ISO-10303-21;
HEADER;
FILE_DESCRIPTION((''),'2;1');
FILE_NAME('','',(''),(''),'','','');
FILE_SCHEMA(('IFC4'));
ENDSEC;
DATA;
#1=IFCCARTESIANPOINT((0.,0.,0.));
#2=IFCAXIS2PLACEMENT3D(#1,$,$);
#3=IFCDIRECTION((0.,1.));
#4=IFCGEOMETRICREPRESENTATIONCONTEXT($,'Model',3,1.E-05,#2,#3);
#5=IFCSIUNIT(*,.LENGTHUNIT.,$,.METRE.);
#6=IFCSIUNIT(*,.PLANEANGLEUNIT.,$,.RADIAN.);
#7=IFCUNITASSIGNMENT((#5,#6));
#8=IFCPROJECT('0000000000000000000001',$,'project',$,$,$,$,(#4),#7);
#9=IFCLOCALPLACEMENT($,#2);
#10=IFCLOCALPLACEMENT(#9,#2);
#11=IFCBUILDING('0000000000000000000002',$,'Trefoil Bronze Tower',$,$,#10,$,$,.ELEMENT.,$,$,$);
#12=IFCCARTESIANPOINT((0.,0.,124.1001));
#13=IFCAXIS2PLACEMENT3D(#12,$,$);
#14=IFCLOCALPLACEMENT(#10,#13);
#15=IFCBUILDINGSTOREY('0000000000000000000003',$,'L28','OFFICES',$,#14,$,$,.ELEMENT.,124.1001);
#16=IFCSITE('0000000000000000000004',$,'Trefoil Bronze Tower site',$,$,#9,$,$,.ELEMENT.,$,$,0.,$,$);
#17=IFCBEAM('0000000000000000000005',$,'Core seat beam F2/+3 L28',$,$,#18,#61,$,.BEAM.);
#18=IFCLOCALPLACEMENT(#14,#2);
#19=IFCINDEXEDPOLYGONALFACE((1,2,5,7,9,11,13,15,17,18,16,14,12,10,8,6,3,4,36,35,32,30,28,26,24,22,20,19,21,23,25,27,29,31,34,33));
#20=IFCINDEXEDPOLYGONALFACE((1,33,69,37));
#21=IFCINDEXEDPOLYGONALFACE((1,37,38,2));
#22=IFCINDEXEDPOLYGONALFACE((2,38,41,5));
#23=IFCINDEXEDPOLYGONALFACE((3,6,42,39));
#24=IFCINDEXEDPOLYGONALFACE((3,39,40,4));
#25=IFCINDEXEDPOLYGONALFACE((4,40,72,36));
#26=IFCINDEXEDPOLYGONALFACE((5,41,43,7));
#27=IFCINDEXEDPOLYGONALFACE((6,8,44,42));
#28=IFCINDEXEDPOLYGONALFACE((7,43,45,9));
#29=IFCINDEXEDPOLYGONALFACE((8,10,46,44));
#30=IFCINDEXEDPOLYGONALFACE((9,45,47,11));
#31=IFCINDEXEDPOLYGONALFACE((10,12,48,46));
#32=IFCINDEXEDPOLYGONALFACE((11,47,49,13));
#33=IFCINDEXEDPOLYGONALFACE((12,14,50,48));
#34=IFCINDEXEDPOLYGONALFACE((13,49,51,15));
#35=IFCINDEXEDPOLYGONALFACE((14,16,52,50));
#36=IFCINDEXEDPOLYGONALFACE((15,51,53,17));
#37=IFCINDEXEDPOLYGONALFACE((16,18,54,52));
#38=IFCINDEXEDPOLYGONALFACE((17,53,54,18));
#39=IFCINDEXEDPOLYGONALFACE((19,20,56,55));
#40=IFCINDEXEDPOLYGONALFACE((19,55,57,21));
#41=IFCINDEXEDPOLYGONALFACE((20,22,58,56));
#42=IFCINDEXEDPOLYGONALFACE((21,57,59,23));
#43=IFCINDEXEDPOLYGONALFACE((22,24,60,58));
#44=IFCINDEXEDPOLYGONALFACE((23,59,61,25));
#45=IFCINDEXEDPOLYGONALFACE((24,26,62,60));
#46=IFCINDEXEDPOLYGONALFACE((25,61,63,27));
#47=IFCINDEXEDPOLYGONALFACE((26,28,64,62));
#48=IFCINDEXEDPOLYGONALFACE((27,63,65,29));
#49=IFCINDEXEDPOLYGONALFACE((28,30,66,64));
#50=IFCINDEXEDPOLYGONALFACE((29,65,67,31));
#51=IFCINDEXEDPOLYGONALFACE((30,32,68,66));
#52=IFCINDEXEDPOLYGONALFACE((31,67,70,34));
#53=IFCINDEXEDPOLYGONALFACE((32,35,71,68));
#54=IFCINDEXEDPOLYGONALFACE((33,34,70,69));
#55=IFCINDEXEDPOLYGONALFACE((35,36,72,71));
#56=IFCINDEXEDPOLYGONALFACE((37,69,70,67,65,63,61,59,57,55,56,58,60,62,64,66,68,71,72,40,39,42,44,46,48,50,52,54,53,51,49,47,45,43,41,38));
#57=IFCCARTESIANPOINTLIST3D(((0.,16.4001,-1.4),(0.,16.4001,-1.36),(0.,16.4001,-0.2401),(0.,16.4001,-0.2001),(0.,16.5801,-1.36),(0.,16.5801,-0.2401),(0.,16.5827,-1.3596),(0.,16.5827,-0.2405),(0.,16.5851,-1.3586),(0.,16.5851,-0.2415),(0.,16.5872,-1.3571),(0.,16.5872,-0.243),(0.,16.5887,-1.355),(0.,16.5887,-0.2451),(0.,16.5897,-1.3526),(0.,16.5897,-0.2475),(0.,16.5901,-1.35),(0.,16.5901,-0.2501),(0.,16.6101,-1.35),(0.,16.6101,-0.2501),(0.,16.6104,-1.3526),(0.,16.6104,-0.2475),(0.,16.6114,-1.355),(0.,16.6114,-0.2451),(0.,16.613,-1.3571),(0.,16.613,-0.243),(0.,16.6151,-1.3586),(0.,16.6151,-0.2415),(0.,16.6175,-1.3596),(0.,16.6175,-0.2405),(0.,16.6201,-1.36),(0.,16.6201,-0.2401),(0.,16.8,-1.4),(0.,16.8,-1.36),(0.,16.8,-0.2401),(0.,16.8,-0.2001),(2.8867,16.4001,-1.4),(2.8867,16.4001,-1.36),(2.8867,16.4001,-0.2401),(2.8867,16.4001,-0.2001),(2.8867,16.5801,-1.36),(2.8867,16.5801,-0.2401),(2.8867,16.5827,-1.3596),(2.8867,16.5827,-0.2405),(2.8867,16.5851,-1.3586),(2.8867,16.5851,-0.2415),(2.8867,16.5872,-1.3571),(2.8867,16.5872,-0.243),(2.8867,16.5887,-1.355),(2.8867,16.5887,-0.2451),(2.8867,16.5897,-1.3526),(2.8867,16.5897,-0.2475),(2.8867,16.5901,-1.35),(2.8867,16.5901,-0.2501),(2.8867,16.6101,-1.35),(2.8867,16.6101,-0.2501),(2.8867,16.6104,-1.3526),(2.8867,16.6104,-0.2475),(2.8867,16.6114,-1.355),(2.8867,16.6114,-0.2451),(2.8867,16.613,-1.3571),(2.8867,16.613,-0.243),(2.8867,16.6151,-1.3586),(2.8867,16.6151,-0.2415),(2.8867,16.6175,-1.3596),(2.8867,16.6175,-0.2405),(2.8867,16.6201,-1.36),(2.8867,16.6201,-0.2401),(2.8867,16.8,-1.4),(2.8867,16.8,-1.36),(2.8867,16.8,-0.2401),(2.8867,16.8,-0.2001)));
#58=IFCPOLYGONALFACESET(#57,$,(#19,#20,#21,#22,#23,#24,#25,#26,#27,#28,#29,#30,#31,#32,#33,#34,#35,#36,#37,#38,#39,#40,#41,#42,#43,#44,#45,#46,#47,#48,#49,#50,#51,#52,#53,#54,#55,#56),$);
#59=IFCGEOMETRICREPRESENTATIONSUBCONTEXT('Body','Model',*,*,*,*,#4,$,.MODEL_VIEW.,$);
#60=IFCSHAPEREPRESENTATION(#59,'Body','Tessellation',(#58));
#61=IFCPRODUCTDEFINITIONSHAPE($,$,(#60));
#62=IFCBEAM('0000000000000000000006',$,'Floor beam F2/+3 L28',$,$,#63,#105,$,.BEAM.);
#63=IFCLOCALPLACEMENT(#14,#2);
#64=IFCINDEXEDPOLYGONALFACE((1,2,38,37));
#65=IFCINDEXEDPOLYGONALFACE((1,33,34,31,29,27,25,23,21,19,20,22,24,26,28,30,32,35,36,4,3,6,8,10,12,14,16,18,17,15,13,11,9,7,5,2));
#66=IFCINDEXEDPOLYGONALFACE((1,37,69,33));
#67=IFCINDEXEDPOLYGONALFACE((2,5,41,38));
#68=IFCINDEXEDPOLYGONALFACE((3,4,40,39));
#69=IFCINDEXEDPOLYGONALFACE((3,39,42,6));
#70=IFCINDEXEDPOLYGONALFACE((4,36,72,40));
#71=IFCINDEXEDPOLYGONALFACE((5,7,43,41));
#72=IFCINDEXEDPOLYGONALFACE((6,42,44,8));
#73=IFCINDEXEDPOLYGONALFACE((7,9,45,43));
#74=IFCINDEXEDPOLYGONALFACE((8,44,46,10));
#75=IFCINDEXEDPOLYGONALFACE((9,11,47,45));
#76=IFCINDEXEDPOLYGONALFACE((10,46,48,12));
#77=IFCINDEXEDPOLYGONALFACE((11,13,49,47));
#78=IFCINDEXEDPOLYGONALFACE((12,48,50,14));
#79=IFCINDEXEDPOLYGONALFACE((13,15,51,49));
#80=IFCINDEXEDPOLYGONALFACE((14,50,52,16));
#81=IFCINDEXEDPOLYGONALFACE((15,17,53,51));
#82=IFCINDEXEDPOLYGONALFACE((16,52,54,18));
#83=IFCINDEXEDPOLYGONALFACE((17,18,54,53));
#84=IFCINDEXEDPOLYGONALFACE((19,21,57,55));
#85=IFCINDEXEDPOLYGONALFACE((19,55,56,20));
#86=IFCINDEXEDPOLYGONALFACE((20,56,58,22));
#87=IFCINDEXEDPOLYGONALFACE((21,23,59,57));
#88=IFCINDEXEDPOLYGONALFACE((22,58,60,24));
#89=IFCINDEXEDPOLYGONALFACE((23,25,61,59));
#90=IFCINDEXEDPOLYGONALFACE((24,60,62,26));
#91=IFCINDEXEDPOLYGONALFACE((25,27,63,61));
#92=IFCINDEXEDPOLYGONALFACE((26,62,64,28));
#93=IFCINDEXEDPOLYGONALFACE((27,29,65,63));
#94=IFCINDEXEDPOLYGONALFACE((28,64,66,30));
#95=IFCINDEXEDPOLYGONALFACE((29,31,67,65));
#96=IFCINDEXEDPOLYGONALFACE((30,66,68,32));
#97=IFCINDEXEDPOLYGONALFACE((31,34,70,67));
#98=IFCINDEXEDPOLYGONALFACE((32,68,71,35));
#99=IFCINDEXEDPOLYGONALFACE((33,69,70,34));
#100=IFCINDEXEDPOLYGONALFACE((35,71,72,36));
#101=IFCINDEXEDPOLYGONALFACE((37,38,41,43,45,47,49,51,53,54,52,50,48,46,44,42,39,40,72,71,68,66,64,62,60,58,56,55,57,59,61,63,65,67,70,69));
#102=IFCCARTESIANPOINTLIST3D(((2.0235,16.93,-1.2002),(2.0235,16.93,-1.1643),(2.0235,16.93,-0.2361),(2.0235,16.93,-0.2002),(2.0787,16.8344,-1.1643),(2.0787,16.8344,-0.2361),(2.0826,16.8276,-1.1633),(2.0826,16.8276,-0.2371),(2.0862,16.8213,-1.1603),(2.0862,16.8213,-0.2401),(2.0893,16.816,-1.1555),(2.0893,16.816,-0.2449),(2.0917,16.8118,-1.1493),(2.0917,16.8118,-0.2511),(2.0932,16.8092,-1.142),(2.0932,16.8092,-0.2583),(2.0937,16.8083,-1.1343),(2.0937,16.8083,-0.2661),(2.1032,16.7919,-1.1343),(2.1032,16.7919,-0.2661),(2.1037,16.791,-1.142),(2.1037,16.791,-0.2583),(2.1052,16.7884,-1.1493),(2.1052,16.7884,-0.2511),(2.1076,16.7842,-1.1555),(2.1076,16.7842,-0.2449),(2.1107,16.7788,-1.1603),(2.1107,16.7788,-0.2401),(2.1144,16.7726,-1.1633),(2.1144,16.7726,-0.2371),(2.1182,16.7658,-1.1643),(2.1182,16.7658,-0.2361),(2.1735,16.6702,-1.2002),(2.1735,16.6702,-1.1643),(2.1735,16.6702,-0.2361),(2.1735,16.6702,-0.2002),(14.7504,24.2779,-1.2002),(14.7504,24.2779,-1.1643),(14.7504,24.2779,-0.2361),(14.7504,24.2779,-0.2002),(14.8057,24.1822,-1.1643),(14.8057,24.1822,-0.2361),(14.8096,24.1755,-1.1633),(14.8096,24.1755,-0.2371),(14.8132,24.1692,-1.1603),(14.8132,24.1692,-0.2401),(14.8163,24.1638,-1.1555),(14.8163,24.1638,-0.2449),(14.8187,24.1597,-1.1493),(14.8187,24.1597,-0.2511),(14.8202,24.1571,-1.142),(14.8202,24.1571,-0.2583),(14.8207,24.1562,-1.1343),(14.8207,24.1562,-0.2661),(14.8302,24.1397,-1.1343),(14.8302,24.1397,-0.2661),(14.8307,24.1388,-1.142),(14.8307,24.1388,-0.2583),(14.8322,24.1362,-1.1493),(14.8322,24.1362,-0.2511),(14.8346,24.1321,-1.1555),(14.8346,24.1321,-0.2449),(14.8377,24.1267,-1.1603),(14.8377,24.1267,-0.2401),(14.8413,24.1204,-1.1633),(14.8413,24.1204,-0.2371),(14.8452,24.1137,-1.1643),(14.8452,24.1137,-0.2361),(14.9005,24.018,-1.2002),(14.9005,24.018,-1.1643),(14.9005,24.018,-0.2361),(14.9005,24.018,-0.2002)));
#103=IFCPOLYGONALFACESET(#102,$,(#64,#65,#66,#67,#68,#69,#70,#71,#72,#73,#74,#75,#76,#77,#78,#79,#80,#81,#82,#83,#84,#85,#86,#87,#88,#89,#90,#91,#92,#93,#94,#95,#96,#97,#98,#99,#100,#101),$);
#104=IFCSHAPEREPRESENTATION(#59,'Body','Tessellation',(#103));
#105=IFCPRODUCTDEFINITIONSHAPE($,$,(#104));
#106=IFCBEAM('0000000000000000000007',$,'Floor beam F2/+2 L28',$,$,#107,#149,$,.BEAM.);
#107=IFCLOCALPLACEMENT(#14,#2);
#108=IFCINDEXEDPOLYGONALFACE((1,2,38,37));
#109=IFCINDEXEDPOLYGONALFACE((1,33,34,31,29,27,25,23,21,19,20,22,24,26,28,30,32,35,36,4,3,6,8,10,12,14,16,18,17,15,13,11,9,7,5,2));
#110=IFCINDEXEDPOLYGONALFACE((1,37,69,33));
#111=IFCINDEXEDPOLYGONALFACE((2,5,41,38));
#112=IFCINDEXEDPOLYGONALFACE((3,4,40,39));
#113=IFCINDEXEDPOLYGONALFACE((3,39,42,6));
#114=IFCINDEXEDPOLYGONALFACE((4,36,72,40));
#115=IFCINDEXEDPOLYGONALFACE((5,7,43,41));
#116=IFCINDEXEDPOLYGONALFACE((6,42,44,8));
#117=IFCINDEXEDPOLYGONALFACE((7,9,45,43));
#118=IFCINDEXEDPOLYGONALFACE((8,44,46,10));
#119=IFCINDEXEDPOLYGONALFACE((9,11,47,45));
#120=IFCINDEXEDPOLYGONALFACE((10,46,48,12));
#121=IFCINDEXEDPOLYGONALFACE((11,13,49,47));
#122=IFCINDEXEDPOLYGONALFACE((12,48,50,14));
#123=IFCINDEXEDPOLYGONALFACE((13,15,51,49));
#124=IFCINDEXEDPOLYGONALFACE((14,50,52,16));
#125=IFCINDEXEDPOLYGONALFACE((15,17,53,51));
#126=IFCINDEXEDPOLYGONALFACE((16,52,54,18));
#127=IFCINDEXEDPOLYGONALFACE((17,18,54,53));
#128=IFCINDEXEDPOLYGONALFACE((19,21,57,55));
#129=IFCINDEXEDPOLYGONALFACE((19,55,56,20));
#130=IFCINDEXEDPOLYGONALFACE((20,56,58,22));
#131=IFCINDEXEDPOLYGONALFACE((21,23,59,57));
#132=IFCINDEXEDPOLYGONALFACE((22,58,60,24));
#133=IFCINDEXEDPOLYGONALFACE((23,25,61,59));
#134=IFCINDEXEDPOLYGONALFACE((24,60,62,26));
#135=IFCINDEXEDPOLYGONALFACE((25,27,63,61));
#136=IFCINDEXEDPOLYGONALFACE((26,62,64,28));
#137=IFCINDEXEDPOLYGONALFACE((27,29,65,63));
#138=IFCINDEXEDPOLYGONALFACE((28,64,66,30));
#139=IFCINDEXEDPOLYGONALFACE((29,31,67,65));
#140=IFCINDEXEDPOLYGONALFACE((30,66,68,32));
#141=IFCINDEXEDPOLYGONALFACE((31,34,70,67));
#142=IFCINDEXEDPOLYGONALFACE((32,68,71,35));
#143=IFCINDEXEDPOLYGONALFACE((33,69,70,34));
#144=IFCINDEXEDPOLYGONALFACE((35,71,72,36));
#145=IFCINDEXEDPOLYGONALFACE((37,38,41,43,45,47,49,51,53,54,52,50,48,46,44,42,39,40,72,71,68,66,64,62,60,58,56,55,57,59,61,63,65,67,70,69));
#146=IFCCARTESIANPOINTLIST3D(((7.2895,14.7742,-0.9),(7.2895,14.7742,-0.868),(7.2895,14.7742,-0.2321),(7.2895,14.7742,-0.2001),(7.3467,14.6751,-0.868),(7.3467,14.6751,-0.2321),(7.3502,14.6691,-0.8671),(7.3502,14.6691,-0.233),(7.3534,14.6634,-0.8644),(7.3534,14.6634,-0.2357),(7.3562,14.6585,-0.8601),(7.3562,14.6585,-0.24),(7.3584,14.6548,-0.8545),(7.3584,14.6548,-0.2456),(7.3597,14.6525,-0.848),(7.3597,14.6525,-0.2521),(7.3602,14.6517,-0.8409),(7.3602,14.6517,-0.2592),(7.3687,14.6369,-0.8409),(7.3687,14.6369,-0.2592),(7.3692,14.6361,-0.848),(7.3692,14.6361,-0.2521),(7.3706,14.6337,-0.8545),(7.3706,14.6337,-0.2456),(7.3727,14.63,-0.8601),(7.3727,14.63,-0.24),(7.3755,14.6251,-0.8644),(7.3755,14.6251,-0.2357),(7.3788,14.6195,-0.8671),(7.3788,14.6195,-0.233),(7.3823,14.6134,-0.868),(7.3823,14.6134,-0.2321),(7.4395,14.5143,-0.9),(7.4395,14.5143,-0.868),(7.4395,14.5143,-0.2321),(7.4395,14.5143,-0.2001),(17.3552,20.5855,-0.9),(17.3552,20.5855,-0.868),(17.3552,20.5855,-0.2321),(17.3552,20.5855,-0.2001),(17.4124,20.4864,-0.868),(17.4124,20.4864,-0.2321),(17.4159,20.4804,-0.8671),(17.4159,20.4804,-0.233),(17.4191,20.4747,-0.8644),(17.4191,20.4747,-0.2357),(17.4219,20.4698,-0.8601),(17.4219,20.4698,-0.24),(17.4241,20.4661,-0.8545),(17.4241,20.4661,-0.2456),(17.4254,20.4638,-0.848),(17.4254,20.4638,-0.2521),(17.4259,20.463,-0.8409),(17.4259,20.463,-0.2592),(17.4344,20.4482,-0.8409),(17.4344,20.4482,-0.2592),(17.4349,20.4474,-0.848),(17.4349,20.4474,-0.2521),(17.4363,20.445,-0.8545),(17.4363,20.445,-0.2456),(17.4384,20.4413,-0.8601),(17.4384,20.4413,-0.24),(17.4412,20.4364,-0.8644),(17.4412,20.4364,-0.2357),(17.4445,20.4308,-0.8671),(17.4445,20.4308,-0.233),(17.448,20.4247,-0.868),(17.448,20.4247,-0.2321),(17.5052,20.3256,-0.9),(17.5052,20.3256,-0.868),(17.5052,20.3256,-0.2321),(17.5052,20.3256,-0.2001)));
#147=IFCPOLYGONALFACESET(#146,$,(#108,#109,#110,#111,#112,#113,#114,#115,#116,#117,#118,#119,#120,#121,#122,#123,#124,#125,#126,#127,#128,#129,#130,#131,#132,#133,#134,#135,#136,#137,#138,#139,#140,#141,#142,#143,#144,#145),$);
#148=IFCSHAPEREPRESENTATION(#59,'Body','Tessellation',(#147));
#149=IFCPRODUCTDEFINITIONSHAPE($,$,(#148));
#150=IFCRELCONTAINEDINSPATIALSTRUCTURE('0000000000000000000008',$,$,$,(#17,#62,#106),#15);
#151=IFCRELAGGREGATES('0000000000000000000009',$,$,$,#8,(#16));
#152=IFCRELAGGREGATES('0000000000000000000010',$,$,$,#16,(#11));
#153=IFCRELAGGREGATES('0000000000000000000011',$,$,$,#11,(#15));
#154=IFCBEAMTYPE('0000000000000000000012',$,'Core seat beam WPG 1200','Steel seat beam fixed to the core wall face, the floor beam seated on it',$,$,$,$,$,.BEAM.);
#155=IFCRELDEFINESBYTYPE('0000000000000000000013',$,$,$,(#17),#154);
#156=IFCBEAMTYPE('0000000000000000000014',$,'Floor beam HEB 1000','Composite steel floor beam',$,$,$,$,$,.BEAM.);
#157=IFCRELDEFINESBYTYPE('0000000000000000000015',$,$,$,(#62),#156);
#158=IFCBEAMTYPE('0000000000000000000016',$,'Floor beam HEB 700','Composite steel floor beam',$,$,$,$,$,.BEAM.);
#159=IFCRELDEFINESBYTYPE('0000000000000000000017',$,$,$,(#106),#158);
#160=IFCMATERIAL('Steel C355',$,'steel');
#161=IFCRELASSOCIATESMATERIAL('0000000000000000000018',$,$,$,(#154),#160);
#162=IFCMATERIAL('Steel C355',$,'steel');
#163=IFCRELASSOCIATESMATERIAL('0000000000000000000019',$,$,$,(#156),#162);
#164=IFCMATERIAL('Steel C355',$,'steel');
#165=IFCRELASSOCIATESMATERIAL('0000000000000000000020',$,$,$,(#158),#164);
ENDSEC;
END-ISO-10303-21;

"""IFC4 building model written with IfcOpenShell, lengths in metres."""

from ifc_helpers import new_model, si_unit, direction, frame, origin, origin_2d, place, context, subcontext, project, spatial, i_section, extrude, material, material_profile, profile_set, type_object, element, save


model = new_model("IFC4")

# Units and contexts
model_context = context("Model", 3, precision=1e-05, world=origin(), true_north=direction((0.0, 1.0)))
body_context = subcontext(model_context, "Body", "Model", "MODEL_VIEW")
ifc_project = project(units=[si_unit("LENGTHUNIT", "METRE"), si_unit("PLANEANGLEUNIT", "RADIAN")], contexts=[model_context])

# Site, building, storey
site_placement = place(None, origin())
site = spatial("IfcSite", under=ifc_project, at=site_placement, Name="Trefoil Bronze Tower site", CompositionType="ELEMENT", RefElevation=0.0)
building_placement = place(site_placement, origin())
building = spatial("IfcBuilding", under=site, at=building_placement, Name="Trefoil Bronze Tower", CompositionType="ELEMENT")
storey_placement = place(building_placement, frame((0.0, 0.0, 124.1001)))
storey = spatial("IfcBuildingStorey", under=building, at=storey_placement, Name="L28", Description="OFFICES", CompositionType="ELEMENT", Elevation=124.1001)

# Beams
ifc_material_1 = material(Name="Steel C355", Category="steel")
ifc_material_profile_1 = material_profile(ifc_material_1, i_section(OverallWidth=0.3999, OverallDepth=1.2, WebThickness=0.02, FlangeThickness=0.04, FilletRadius=0.01, at=origin_2d()), Name="WPG 1200")
ifc_profile_set_1 = profile_set([ifc_material_profile_1], Name="Steel C355")
beam_type_1 = type_object("IfcBeamType", Name="Core seat beam WPG 1200", Description="Steel seat beam fixed to the core wall face, the floor beam seated on it", PredefinedType="BEAM", material=ifc_profile_set_1)
beam_1_placement = place(storey_placement, frame((2.8867, 16.6001, -0.8), z_axis=(-1.0, 0.0, 0.0), x_axis=(0.0, -1.0, 0.0)))
element("IfcBeam", 1, at=beam_1_placement, inside=storey, type_object=beam_type_1, Name="Core seat beam F2/+3 L28", PredefinedType="BEAM", context=body_context, shape_type="SweptSolid", body=[
    extrude(i_section(OverallWidth=0.3999, OverallDepth=1.2, WebThickness=0.02, FlangeThickness=0.04, FilletRadius=0.01, at=origin_2d()), origin(), (0.0, 0.0, 1.0), 2.8867),
])
ifc_material_2 = material(Name="Steel C355", Category="steel")
ifc_material_profile_2 = material_profile(ifc_material_2, i_section(OverallWidth=0.3, OverallDepth=1.0, WebThickness=0.019, FlangeThickness=0.0359, FilletRadius=0.03, at=origin_2d()), Name="HEB 1000")
ifc_profile_set_2 = profile_set([ifc_material_profile_2], Name="Steel C355")
beam_type_2 = type_object("IfcBeamType", Name="Floor beam HEB 1000", Description="Composite steel floor beam", PredefinedType="BEAM", material=ifc_profile_set_2)
beam_2_placement = place(storey_placement, frame((14.8254, 24.1479, -0.7002), z_axis=(-0.866027, -0.499997, 0.0), x_axis=(0.499997, -0.866027, 0.0)))
element("IfcBeam", 2, at=beam_2_placement, inside=storey, type_object=beam_type_2, Name="Floor beam F2/+3 L28", PredefinedType="BEAM", context=body_context, shape_type="SweptSolid", body=[
    extrude(i_section(OverallWidth=0.3, OverallDepth=1.0, WebThickness=0.019, FlangeThickness=0.0359, FilletRadius=0.03, at=origin_2d()), origin(), (0.0, 0.0, 1.0), 14.6958),
])
ifc_material_3 = material(Name="Steel C355", Category="steel")
ifc_material_profile_3 = material_profile(ifc_material_3, i_section(OverallWidth=0.3, OverallDepth=0.7, WebThickness=0.0171, FlangeThickness=0.032, FilletRadius=0.0271, at=origin_2d()), Name="HEB 700")
ifc_profile_set_3 = profile_set([ifc_material_profile_3], Name="Steel C355")
beam_type_3 = type_object("IfcBeamType", Name="Floor beam HEB 700", Description="Composite steel floor beam", PredefinedType="BEAM", material=ifc_profile_set_3)
beam_3_placement = place(storey_placement, frame((17.4302, 20.4556, -0.55), z_axis=(-0.866031, -0.499991, 0.0), x_axis=(0.499991, -0.866031, 0.0)))
element("IfcBeam", 3, at=beam_3_placement, inside=storey, type_object=beam_type_3, Name="Floor beam F2/+2 L28", PredefinedType="BEAM", context=body_context, shape_type="SweptSolid", body=[
    extrude(i_section(OverallWidth=0.3, OverallDepth=0.7, WebThickness=0.0171, FlangeThickness=0.032, FilletRadius=0.0271, at=origin_2d()), origin(), (0.0, 0.0, 1.0), 11.6228),
])

save(model, "model.ifc")
